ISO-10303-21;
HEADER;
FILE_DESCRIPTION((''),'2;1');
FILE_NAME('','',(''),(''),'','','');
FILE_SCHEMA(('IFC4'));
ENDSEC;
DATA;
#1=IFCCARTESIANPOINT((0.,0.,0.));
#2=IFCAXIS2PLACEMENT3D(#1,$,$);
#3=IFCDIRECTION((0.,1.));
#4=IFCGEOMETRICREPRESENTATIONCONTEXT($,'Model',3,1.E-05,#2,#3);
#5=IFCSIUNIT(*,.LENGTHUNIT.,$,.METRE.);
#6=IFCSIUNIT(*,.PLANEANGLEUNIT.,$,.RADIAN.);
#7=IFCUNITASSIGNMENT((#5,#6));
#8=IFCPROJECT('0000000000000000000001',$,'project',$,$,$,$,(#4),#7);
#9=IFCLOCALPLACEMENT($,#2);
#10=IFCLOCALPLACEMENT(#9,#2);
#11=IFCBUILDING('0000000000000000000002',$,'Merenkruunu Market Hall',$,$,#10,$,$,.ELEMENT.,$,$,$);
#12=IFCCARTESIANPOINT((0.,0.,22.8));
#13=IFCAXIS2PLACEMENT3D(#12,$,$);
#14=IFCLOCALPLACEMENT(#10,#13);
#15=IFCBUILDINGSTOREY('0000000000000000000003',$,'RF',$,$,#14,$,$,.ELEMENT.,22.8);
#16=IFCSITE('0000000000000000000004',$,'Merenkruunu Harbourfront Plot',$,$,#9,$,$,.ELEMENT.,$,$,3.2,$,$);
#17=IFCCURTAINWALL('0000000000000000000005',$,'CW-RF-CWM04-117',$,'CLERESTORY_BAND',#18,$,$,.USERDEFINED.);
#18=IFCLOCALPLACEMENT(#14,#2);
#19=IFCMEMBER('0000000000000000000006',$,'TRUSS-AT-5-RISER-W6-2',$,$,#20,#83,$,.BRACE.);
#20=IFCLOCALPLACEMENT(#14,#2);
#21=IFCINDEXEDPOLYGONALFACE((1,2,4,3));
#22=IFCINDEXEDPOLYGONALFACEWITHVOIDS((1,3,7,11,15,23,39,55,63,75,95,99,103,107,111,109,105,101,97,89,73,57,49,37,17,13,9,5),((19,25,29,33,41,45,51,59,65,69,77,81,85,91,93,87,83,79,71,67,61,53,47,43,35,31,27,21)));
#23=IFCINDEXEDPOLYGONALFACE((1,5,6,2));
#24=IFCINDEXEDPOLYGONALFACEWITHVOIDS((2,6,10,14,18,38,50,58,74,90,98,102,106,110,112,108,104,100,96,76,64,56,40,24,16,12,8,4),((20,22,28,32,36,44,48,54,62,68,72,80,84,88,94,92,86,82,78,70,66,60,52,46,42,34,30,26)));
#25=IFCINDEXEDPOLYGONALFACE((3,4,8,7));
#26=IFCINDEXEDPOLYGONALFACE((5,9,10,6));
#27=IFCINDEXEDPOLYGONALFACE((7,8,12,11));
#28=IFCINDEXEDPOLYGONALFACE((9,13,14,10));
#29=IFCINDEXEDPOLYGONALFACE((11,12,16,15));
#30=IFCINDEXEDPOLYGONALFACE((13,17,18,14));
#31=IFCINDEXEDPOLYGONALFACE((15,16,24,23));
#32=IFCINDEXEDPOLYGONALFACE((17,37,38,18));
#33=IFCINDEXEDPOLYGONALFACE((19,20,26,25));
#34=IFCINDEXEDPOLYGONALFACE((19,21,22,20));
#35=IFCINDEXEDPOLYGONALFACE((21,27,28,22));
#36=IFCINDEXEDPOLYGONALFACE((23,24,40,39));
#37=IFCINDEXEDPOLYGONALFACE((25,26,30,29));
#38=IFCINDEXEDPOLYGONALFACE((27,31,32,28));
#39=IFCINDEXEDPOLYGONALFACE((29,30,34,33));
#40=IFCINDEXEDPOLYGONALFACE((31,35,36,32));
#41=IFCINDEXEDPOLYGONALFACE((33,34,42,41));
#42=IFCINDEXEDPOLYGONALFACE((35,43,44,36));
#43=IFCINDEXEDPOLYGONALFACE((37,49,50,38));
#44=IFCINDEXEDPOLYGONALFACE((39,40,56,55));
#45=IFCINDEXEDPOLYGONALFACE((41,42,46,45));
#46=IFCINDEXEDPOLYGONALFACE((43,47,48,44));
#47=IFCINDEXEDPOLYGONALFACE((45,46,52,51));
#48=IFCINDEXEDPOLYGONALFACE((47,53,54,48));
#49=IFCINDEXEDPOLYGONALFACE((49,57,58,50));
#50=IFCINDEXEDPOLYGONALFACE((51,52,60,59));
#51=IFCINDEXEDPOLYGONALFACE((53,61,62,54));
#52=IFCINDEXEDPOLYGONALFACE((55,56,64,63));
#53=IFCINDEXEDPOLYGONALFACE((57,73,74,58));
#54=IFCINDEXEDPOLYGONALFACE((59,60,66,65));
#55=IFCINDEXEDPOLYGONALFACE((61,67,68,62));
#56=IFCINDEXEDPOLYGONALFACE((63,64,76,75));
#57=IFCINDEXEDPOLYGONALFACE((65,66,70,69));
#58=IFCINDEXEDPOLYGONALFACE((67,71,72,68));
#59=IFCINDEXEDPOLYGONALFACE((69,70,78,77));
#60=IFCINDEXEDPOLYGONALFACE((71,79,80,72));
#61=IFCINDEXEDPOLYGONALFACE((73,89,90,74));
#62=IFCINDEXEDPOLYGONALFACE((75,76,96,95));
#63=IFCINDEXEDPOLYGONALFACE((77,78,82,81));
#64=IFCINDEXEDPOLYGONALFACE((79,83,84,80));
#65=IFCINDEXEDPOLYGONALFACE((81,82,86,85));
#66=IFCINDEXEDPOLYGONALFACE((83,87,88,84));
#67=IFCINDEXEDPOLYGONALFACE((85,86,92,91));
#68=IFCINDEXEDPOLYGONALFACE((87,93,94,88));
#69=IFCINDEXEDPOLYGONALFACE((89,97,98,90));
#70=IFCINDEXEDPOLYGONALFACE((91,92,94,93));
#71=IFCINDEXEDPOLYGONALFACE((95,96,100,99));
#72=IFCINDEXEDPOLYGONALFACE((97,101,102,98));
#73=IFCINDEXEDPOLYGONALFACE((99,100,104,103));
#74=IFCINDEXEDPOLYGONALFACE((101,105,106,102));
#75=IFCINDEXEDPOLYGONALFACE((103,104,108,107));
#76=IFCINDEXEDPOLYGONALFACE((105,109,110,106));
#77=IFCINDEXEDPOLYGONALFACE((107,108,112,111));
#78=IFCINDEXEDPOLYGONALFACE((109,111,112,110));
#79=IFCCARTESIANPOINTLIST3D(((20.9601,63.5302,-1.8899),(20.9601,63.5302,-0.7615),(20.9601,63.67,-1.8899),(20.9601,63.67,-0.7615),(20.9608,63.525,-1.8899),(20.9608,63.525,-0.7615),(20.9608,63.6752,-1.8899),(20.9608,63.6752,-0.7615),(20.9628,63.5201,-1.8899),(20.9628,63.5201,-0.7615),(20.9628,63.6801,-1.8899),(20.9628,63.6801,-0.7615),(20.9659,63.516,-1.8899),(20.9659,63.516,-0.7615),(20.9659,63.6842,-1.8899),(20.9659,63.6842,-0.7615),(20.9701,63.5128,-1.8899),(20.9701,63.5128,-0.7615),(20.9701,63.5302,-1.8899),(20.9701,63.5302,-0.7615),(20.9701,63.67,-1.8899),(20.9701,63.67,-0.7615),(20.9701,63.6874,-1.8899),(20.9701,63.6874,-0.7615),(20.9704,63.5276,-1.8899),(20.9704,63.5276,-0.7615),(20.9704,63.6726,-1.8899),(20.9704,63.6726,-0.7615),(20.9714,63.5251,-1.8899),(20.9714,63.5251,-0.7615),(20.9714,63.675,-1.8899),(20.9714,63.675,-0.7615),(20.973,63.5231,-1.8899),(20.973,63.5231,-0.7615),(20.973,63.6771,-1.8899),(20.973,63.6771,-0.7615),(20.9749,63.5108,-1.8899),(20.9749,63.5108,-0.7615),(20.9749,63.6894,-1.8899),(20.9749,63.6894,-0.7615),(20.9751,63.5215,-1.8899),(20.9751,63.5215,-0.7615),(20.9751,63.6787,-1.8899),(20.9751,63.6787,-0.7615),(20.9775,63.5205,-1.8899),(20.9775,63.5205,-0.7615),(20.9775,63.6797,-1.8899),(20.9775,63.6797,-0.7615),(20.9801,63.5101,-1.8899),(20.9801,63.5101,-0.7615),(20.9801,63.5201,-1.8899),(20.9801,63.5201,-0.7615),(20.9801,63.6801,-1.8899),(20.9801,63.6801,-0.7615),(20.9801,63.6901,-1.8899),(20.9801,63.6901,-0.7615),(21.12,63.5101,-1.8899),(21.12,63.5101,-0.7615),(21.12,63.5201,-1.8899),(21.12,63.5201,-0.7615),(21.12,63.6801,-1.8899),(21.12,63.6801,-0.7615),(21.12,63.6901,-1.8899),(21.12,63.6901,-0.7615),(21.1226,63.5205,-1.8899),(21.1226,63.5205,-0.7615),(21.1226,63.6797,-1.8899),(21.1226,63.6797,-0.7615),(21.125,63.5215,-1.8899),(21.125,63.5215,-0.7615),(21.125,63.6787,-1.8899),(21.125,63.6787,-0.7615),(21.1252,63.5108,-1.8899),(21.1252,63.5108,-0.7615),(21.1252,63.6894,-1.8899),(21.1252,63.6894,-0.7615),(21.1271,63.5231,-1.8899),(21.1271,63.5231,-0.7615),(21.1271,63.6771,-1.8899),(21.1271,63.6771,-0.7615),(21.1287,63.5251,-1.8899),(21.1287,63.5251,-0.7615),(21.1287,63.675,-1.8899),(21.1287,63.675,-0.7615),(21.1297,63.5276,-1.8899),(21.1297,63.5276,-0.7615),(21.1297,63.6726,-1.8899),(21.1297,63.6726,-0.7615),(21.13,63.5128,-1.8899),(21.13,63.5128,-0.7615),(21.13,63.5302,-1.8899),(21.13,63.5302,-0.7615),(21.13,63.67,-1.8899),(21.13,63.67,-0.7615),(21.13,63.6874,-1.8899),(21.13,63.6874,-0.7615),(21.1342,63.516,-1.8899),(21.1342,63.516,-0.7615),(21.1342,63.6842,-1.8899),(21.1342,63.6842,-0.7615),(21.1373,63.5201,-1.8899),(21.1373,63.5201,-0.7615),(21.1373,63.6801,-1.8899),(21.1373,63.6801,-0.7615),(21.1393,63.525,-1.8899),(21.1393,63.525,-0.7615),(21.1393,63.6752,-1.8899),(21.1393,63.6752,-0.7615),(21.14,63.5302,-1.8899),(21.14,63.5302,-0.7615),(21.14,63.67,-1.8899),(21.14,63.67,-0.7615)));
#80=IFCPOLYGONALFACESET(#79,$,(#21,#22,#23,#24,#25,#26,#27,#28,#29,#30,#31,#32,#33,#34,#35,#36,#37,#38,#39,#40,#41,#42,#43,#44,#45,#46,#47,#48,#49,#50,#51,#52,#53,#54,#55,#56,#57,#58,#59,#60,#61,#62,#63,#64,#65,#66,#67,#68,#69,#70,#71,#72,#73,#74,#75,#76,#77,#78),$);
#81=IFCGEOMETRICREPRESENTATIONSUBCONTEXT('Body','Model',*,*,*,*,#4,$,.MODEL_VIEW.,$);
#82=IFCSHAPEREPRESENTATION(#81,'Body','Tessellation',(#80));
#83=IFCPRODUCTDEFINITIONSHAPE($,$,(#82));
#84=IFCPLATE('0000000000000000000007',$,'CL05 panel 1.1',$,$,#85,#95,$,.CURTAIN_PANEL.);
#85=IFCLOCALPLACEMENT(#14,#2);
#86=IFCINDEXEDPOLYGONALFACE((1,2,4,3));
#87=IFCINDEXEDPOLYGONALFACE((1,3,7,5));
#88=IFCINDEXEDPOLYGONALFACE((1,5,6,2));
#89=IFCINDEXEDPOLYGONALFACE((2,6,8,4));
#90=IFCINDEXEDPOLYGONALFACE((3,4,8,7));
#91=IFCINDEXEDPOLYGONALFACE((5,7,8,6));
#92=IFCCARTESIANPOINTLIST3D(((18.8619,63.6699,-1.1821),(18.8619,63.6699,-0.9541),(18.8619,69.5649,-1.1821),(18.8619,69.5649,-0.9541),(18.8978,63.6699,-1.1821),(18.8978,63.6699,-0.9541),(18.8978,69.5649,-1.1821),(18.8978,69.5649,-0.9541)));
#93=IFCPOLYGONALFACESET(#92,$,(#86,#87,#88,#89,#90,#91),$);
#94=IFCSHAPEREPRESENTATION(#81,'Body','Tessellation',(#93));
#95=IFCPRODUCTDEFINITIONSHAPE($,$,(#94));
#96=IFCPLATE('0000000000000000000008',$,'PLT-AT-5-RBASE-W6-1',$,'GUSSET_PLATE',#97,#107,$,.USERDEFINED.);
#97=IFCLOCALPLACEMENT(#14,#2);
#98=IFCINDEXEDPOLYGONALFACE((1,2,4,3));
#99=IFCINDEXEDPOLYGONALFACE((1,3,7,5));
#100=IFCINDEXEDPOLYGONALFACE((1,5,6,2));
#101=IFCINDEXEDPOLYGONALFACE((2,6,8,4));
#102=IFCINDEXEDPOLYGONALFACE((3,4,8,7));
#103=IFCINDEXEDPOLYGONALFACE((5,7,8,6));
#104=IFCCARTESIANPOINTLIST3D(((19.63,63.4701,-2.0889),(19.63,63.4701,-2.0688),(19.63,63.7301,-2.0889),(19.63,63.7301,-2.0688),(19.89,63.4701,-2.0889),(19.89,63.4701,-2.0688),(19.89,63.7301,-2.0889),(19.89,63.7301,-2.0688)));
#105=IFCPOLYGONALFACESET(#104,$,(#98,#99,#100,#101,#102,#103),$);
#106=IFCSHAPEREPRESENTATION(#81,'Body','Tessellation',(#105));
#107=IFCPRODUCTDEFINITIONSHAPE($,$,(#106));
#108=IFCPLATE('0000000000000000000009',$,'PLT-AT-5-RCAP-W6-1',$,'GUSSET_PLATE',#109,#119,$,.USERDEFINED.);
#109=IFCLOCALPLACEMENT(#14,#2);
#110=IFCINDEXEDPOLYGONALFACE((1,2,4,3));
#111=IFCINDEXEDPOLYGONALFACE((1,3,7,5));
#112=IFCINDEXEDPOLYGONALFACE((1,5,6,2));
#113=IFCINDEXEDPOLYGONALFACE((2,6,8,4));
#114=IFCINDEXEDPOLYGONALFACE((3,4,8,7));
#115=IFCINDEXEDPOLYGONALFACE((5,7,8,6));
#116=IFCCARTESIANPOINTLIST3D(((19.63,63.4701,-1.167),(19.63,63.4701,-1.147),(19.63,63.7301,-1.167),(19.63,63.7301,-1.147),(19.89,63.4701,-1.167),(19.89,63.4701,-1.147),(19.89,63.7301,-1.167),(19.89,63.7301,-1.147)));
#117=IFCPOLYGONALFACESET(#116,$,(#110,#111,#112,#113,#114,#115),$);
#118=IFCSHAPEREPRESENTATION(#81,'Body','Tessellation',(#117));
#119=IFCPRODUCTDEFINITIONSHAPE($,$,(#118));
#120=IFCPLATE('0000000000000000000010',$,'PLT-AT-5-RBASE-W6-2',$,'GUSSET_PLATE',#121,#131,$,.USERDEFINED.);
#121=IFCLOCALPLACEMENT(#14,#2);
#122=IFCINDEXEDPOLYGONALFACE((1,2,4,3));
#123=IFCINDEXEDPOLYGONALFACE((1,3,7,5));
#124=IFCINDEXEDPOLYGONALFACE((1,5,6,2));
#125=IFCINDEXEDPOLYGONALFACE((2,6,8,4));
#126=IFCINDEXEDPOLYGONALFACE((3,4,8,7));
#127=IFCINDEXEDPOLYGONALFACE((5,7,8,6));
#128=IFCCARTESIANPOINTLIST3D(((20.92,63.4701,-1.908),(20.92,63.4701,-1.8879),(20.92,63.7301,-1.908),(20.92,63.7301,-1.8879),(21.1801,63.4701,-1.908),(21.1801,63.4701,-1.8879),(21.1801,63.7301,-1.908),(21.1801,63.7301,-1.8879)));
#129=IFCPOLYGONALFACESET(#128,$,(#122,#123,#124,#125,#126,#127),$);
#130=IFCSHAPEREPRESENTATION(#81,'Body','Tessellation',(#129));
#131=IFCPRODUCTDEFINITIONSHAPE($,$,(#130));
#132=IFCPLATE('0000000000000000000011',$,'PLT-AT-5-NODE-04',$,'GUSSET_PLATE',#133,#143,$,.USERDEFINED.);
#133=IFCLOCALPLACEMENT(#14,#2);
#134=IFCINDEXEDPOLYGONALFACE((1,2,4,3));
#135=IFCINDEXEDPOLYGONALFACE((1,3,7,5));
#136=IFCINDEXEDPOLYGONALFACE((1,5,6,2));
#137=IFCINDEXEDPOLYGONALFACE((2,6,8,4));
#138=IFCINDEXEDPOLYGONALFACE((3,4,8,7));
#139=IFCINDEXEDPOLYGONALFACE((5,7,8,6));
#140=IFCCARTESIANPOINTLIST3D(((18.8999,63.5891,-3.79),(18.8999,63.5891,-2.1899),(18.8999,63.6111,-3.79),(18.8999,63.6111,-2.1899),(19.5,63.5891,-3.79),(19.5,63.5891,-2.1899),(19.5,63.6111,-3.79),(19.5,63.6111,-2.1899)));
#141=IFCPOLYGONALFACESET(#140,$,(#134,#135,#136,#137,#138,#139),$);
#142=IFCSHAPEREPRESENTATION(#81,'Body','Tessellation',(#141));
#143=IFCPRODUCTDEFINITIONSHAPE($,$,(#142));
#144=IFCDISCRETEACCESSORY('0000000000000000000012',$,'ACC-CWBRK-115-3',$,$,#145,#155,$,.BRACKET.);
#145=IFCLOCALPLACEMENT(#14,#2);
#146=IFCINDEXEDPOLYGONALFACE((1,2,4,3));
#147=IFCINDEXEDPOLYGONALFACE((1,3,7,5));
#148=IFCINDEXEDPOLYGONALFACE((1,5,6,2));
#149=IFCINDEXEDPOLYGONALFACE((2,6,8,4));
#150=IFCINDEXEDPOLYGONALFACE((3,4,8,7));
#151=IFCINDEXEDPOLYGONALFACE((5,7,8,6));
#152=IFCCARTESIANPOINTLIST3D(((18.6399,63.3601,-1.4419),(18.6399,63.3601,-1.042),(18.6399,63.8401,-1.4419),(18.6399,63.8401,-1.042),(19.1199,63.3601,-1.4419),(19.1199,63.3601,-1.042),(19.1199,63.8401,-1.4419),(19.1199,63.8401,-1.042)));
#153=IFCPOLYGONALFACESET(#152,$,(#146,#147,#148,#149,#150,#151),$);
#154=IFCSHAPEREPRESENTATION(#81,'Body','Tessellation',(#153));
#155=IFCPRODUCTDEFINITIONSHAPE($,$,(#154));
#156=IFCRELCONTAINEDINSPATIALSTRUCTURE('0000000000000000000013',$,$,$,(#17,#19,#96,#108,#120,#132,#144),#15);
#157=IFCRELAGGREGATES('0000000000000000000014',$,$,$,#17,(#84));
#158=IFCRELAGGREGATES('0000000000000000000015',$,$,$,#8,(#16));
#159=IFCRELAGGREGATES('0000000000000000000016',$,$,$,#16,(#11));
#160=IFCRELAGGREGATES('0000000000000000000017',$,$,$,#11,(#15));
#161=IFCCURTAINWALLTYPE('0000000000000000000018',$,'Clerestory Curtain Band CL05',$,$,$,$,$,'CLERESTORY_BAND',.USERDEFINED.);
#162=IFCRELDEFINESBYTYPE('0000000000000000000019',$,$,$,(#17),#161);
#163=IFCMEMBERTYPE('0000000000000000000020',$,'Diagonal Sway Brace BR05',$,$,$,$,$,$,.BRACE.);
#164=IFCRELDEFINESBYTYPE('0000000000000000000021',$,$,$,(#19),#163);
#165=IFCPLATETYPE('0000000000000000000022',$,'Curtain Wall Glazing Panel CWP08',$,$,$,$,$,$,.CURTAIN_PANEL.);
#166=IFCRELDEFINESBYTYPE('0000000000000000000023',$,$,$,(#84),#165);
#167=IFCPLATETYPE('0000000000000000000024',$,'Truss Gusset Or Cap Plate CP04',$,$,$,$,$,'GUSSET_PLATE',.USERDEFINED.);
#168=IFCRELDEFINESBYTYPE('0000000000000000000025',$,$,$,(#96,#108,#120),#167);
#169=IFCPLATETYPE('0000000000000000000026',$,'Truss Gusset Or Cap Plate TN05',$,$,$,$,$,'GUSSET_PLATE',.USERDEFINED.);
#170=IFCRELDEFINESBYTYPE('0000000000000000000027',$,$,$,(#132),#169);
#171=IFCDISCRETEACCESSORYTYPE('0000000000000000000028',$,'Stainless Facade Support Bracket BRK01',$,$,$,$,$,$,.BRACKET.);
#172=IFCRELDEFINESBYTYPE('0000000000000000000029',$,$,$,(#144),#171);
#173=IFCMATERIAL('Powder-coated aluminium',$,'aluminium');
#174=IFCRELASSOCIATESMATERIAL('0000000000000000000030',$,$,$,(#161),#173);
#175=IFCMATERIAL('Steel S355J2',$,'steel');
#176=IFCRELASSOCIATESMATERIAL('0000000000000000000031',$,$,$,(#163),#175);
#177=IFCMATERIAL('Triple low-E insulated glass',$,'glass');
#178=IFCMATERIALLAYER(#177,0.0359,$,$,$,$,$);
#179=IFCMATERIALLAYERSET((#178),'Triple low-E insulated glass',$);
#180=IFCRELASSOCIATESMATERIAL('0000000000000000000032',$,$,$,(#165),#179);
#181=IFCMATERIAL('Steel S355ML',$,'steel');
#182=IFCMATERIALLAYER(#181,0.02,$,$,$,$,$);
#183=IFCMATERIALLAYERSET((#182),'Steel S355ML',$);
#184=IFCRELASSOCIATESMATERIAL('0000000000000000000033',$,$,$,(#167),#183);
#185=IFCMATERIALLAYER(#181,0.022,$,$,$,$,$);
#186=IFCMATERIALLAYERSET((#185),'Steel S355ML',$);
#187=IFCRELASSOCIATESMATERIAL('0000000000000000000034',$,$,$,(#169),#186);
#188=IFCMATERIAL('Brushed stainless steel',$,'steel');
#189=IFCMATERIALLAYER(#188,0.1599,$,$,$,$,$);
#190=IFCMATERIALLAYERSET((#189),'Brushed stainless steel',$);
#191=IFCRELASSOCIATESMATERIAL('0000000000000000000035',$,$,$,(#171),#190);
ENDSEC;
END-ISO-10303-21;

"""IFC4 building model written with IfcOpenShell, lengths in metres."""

from ifc_helpers import new_model, si_unit, direction, frame, origin, origin_2d, place, context, subcontext, project, spatial, rectangle, hollow_rectangle, extrude, material, layer, layer_set, material_profile, profile_set, type_object, element, aggregate, save


model = new_model("IFC4")

# Units and contexts
model_context = context("Model", 3, precision=1e-05, world=origin(), true_north=direction((0.0, 1.0)))
body_context = subcontext(model_context, "Body", "Model", "MODEL_VIEW")
ifc_project = project(units=[si_unit("LENGTHUNIT", "METRE"), si_unit("PLANEANGLEUNIT", "RADIAN")], contexts=[model_context])

# Site, building, storey
site_placement = place(None, origin())
site = spatial("IfcSite", under=ifc_project, at=site_placement, Name="Merenkruunu Harbourfront Plot", CompositionType="ELEMENT", RefElevation=3.2)
building_placement = place(site_placement, origin())
building = spatial("IfcBuilding", under=site, at=building_placement, Name="Merenkruunu Market Hall", CompositionType="ELEMENT")
storey_placement = place(building_placement, frame((0.0, 0.0, 22.8)))
storey = spatial("IfcBuildingStorey", under=building, at=storey_placement, Name="RF", CompositionType="ELEMENT", Elevation=22.8)

# Shared definitions
ifc_material_1 = material(Name="Steel S355ML", Category="steel")

# Curtain wall
ifc_material_2 = material(Name="Powder-coated aluminium", Category="aluminium")
curtain_wall_type = type_object("IfcCurtainWallType", Name="Clerestory Curtain Band CL05", ElementType="CLERESTORY_BAND", PredefinedType="USERDEFINED", material=ifc_material_2)
curtain_wall_placement = place(storey_placement, origin())
curtain_wall = element("IfcCurtainWall", 1, at=curtain_wall_placement, inside=storey, type_object=curtain_wall_type, Name="CW-RF-CWM04-117", ObjectType="CLERESTORY_BAND", PredefinedType="USERDEFINED")

# Member
ifc_material_3 = material(Name="Steel S355J2", Category="steel")
ifc_material_profile_1 = material_profile(ifc_material_3, hollow_rectangle(XDim=0.1799, YDim=0.1799, WallThickness=0.01, InnerFilletRadius=0.01, OuterFilletRadius=0.02, at=origin_2d()), Name="SHS 180x180x10")
ifc_profile_set_1 = profile_set([ifc_material_profile_1], Name="Steel S355J2")
member_type_1 = type_object("IfcMemberType", Name="Diagonal Sway Brace BR05", PredefinedType="BRACE", material=ifc_profile_set_1)
member_1_placement = place(storey_placement, frame((21.05, 63.6001, -1.8899), z_axis=(0.0, 0.0, 1.0), x_axis=(1.0, 0.0, 0.0)))
element("IfcMember", 2, at=member_1_placement, inside=storey, type_object=member_type_1, Name="TRUSS-AT-5-RISER-W6-2", PredefinedType="BRACE", context=body_context, shape_type="SweptSolid", body=[
    extrude(hollow_rectangle(XDim=0.1799, YDim=0.1799, WallThickness=0.01, InnerFilletRadius=0.01, OuterFilletRadius=0.02, at=origin_2d()), origin(), (0.0, 0.0, 1.0), 1.1284),
])

# Plate
ifc_material_4 = material(Name="Triple low-E insulated glass", Category="glass")
ifc_layer_1 = layer(ifc_material_4, 0.0359)
ifc_layer_set_1 = layer_set([ifc_layer_1], Name="Triple low-E insulated glass")
plate_type_1 = type_object("IfcPlateType", Name="Curtain Wall Glazing Panel CWP08", PredefinedType="CURTAIN_PANEL", material=ifc_layer_set_1)
plate_1_placement = place(storey_placement, frame((18.8799, 66.6174, -1.1821), z_axis=(0.0, 0.0, 1.0), x_axis=(0.0, 1.0, 0.0)))
plate_1 = element("IfcPlate", 3, at=plate_1_placement, type_object=plate_type_1, Name="CL05 panel 1.1", PredefinedType="CURTAIN_PANEL", context=body_context, shape_type="SweptSolid", body=[
    extrude(rectangle(XDim=5.895, YDim=0.0359, at=origin_2d()), origin(), (0.0, 0.0, 1.0), 0.228),
])
aggregate(curtain_wall, [plate_1])

# Plates
ifc_layer_2 = layer(ifc_material_1, 0.02)
ifc_layer_set_2 = layer_set([ifc_layer_2], Name="Steel S355ML")
plate_type_2 = type_object("IfcPlateType", Name="Truss Gusset Or Cap Plate CP04", ElementType="GUSSET_PLATE", PredefinedType="USERDEFINED", material=ifc_layer_set_2)
for number, where, z_axis, x_axis, name in (
    (4, (19.76, 63.6001, -2.0889), (0.0, 0.0, 1.0), (1.0, 0.0, 0.0), "PLT-AT-5-RBASE-W6-1"),
    (5, (19.76, 63.6001, -1.167), (0.0, 0.0, 1.0), (1.0, 0.0, 0.0), "PLT-AT-5-RCAP-W6-1"),
    (6, (21.05, 63.6001, -1.908), (0.0, 0.0, 1.0), (1.0, 0.0, 0.0), "PLT-AT-5-RBASE-W6-2"),
):
    element("IfcPlate", number, at=place(storey_placement, frame(where, z_axis=z_axis, x_axis=x_axis)), inside=storey, type_object=plate_type_2, Name=name, ObjectType="GUSSET_PLATE", PredefinedType="USERDEFINED", context=body_context, shape_type="SweptSolid", body=[
        extrude(rectangle(XDim=0.26, YDim=0.26, at=origin_2d()), origin(), (0.0, 0.0, 1.0), 0.02),
    ])
ifc_layer_3 = layer(ifc_material_1, 0.022)
ifc_layer_set_3 = layer_set([ifc_layer_3], Name="Steel S355ML")
plate_type_3 = type_object("IfcPlateType", Name="Truss Gusset Or Cap Plate TN05", ElementType="GUSSET_PLATE", PredefinedType="USERDEFINED", material=ifc_layer_set_3)
plate_2_placement = place(storey_placement, frame((19.2, 63.6001, -3.79), z_axis=(0.0, 0.0, 1.0), x_axis=(1.0, 0.0, 0.0)))
element("IfcPlate", 7, at=plate_2_placement, inside=storey, type_object=plate_type_3, Name="PLT-AT-5-NODE-04", ObjectType="GUSSET_PLATE", PredefinedType="USERDEFINED", context=body_context, shape_type="SweptSolid", body=[
    extrude(rectangle(XDim=0.6001, YDim=0.022, at=origin_2d()), origin(), (0.0, 0.0, 1.0), 1.6001),
])

# Discrete accessory
ifc_material_5 = material(Name="Brushed stainless steel", Category="steel")
ifc_layer_4 = layer(ifc_material_5, 0.1599)
ifc_layer_set_4 = layer_set([ifc_layer_4], Name="Brushed stainless steel")
discrete_accessory_type = type_object("IfcDiscreteAccessoryType", Name="Stainless Facade Support Bracket BRK01", PredefinedType="BRACKET", material=ifc_layer_set_4)
discrete_accessory_placement = place(storey_placement, frame((18.8799, 63.6001, -1.4419), z_axis=(0.0, 0.0, 1.0), x_axis=(1.0, 0.0, 0.0)))
element("IfcDiscreteAccessory", 8, at=discrete_accessory_placement, inside=storey, type_object=discrete_accessory_type, Name="ACC-CWBRK-115-3", PredefinedType="BRACKET", context=body_context, shape_type="SweptSolid", body=[
    extrude(rectangle(XDim=0.48, YDim=0.48, at=origin_2d()), origin(), (0.0, 0.0, 1.0), 0.3999),
])

save(model, "model.ifc")
